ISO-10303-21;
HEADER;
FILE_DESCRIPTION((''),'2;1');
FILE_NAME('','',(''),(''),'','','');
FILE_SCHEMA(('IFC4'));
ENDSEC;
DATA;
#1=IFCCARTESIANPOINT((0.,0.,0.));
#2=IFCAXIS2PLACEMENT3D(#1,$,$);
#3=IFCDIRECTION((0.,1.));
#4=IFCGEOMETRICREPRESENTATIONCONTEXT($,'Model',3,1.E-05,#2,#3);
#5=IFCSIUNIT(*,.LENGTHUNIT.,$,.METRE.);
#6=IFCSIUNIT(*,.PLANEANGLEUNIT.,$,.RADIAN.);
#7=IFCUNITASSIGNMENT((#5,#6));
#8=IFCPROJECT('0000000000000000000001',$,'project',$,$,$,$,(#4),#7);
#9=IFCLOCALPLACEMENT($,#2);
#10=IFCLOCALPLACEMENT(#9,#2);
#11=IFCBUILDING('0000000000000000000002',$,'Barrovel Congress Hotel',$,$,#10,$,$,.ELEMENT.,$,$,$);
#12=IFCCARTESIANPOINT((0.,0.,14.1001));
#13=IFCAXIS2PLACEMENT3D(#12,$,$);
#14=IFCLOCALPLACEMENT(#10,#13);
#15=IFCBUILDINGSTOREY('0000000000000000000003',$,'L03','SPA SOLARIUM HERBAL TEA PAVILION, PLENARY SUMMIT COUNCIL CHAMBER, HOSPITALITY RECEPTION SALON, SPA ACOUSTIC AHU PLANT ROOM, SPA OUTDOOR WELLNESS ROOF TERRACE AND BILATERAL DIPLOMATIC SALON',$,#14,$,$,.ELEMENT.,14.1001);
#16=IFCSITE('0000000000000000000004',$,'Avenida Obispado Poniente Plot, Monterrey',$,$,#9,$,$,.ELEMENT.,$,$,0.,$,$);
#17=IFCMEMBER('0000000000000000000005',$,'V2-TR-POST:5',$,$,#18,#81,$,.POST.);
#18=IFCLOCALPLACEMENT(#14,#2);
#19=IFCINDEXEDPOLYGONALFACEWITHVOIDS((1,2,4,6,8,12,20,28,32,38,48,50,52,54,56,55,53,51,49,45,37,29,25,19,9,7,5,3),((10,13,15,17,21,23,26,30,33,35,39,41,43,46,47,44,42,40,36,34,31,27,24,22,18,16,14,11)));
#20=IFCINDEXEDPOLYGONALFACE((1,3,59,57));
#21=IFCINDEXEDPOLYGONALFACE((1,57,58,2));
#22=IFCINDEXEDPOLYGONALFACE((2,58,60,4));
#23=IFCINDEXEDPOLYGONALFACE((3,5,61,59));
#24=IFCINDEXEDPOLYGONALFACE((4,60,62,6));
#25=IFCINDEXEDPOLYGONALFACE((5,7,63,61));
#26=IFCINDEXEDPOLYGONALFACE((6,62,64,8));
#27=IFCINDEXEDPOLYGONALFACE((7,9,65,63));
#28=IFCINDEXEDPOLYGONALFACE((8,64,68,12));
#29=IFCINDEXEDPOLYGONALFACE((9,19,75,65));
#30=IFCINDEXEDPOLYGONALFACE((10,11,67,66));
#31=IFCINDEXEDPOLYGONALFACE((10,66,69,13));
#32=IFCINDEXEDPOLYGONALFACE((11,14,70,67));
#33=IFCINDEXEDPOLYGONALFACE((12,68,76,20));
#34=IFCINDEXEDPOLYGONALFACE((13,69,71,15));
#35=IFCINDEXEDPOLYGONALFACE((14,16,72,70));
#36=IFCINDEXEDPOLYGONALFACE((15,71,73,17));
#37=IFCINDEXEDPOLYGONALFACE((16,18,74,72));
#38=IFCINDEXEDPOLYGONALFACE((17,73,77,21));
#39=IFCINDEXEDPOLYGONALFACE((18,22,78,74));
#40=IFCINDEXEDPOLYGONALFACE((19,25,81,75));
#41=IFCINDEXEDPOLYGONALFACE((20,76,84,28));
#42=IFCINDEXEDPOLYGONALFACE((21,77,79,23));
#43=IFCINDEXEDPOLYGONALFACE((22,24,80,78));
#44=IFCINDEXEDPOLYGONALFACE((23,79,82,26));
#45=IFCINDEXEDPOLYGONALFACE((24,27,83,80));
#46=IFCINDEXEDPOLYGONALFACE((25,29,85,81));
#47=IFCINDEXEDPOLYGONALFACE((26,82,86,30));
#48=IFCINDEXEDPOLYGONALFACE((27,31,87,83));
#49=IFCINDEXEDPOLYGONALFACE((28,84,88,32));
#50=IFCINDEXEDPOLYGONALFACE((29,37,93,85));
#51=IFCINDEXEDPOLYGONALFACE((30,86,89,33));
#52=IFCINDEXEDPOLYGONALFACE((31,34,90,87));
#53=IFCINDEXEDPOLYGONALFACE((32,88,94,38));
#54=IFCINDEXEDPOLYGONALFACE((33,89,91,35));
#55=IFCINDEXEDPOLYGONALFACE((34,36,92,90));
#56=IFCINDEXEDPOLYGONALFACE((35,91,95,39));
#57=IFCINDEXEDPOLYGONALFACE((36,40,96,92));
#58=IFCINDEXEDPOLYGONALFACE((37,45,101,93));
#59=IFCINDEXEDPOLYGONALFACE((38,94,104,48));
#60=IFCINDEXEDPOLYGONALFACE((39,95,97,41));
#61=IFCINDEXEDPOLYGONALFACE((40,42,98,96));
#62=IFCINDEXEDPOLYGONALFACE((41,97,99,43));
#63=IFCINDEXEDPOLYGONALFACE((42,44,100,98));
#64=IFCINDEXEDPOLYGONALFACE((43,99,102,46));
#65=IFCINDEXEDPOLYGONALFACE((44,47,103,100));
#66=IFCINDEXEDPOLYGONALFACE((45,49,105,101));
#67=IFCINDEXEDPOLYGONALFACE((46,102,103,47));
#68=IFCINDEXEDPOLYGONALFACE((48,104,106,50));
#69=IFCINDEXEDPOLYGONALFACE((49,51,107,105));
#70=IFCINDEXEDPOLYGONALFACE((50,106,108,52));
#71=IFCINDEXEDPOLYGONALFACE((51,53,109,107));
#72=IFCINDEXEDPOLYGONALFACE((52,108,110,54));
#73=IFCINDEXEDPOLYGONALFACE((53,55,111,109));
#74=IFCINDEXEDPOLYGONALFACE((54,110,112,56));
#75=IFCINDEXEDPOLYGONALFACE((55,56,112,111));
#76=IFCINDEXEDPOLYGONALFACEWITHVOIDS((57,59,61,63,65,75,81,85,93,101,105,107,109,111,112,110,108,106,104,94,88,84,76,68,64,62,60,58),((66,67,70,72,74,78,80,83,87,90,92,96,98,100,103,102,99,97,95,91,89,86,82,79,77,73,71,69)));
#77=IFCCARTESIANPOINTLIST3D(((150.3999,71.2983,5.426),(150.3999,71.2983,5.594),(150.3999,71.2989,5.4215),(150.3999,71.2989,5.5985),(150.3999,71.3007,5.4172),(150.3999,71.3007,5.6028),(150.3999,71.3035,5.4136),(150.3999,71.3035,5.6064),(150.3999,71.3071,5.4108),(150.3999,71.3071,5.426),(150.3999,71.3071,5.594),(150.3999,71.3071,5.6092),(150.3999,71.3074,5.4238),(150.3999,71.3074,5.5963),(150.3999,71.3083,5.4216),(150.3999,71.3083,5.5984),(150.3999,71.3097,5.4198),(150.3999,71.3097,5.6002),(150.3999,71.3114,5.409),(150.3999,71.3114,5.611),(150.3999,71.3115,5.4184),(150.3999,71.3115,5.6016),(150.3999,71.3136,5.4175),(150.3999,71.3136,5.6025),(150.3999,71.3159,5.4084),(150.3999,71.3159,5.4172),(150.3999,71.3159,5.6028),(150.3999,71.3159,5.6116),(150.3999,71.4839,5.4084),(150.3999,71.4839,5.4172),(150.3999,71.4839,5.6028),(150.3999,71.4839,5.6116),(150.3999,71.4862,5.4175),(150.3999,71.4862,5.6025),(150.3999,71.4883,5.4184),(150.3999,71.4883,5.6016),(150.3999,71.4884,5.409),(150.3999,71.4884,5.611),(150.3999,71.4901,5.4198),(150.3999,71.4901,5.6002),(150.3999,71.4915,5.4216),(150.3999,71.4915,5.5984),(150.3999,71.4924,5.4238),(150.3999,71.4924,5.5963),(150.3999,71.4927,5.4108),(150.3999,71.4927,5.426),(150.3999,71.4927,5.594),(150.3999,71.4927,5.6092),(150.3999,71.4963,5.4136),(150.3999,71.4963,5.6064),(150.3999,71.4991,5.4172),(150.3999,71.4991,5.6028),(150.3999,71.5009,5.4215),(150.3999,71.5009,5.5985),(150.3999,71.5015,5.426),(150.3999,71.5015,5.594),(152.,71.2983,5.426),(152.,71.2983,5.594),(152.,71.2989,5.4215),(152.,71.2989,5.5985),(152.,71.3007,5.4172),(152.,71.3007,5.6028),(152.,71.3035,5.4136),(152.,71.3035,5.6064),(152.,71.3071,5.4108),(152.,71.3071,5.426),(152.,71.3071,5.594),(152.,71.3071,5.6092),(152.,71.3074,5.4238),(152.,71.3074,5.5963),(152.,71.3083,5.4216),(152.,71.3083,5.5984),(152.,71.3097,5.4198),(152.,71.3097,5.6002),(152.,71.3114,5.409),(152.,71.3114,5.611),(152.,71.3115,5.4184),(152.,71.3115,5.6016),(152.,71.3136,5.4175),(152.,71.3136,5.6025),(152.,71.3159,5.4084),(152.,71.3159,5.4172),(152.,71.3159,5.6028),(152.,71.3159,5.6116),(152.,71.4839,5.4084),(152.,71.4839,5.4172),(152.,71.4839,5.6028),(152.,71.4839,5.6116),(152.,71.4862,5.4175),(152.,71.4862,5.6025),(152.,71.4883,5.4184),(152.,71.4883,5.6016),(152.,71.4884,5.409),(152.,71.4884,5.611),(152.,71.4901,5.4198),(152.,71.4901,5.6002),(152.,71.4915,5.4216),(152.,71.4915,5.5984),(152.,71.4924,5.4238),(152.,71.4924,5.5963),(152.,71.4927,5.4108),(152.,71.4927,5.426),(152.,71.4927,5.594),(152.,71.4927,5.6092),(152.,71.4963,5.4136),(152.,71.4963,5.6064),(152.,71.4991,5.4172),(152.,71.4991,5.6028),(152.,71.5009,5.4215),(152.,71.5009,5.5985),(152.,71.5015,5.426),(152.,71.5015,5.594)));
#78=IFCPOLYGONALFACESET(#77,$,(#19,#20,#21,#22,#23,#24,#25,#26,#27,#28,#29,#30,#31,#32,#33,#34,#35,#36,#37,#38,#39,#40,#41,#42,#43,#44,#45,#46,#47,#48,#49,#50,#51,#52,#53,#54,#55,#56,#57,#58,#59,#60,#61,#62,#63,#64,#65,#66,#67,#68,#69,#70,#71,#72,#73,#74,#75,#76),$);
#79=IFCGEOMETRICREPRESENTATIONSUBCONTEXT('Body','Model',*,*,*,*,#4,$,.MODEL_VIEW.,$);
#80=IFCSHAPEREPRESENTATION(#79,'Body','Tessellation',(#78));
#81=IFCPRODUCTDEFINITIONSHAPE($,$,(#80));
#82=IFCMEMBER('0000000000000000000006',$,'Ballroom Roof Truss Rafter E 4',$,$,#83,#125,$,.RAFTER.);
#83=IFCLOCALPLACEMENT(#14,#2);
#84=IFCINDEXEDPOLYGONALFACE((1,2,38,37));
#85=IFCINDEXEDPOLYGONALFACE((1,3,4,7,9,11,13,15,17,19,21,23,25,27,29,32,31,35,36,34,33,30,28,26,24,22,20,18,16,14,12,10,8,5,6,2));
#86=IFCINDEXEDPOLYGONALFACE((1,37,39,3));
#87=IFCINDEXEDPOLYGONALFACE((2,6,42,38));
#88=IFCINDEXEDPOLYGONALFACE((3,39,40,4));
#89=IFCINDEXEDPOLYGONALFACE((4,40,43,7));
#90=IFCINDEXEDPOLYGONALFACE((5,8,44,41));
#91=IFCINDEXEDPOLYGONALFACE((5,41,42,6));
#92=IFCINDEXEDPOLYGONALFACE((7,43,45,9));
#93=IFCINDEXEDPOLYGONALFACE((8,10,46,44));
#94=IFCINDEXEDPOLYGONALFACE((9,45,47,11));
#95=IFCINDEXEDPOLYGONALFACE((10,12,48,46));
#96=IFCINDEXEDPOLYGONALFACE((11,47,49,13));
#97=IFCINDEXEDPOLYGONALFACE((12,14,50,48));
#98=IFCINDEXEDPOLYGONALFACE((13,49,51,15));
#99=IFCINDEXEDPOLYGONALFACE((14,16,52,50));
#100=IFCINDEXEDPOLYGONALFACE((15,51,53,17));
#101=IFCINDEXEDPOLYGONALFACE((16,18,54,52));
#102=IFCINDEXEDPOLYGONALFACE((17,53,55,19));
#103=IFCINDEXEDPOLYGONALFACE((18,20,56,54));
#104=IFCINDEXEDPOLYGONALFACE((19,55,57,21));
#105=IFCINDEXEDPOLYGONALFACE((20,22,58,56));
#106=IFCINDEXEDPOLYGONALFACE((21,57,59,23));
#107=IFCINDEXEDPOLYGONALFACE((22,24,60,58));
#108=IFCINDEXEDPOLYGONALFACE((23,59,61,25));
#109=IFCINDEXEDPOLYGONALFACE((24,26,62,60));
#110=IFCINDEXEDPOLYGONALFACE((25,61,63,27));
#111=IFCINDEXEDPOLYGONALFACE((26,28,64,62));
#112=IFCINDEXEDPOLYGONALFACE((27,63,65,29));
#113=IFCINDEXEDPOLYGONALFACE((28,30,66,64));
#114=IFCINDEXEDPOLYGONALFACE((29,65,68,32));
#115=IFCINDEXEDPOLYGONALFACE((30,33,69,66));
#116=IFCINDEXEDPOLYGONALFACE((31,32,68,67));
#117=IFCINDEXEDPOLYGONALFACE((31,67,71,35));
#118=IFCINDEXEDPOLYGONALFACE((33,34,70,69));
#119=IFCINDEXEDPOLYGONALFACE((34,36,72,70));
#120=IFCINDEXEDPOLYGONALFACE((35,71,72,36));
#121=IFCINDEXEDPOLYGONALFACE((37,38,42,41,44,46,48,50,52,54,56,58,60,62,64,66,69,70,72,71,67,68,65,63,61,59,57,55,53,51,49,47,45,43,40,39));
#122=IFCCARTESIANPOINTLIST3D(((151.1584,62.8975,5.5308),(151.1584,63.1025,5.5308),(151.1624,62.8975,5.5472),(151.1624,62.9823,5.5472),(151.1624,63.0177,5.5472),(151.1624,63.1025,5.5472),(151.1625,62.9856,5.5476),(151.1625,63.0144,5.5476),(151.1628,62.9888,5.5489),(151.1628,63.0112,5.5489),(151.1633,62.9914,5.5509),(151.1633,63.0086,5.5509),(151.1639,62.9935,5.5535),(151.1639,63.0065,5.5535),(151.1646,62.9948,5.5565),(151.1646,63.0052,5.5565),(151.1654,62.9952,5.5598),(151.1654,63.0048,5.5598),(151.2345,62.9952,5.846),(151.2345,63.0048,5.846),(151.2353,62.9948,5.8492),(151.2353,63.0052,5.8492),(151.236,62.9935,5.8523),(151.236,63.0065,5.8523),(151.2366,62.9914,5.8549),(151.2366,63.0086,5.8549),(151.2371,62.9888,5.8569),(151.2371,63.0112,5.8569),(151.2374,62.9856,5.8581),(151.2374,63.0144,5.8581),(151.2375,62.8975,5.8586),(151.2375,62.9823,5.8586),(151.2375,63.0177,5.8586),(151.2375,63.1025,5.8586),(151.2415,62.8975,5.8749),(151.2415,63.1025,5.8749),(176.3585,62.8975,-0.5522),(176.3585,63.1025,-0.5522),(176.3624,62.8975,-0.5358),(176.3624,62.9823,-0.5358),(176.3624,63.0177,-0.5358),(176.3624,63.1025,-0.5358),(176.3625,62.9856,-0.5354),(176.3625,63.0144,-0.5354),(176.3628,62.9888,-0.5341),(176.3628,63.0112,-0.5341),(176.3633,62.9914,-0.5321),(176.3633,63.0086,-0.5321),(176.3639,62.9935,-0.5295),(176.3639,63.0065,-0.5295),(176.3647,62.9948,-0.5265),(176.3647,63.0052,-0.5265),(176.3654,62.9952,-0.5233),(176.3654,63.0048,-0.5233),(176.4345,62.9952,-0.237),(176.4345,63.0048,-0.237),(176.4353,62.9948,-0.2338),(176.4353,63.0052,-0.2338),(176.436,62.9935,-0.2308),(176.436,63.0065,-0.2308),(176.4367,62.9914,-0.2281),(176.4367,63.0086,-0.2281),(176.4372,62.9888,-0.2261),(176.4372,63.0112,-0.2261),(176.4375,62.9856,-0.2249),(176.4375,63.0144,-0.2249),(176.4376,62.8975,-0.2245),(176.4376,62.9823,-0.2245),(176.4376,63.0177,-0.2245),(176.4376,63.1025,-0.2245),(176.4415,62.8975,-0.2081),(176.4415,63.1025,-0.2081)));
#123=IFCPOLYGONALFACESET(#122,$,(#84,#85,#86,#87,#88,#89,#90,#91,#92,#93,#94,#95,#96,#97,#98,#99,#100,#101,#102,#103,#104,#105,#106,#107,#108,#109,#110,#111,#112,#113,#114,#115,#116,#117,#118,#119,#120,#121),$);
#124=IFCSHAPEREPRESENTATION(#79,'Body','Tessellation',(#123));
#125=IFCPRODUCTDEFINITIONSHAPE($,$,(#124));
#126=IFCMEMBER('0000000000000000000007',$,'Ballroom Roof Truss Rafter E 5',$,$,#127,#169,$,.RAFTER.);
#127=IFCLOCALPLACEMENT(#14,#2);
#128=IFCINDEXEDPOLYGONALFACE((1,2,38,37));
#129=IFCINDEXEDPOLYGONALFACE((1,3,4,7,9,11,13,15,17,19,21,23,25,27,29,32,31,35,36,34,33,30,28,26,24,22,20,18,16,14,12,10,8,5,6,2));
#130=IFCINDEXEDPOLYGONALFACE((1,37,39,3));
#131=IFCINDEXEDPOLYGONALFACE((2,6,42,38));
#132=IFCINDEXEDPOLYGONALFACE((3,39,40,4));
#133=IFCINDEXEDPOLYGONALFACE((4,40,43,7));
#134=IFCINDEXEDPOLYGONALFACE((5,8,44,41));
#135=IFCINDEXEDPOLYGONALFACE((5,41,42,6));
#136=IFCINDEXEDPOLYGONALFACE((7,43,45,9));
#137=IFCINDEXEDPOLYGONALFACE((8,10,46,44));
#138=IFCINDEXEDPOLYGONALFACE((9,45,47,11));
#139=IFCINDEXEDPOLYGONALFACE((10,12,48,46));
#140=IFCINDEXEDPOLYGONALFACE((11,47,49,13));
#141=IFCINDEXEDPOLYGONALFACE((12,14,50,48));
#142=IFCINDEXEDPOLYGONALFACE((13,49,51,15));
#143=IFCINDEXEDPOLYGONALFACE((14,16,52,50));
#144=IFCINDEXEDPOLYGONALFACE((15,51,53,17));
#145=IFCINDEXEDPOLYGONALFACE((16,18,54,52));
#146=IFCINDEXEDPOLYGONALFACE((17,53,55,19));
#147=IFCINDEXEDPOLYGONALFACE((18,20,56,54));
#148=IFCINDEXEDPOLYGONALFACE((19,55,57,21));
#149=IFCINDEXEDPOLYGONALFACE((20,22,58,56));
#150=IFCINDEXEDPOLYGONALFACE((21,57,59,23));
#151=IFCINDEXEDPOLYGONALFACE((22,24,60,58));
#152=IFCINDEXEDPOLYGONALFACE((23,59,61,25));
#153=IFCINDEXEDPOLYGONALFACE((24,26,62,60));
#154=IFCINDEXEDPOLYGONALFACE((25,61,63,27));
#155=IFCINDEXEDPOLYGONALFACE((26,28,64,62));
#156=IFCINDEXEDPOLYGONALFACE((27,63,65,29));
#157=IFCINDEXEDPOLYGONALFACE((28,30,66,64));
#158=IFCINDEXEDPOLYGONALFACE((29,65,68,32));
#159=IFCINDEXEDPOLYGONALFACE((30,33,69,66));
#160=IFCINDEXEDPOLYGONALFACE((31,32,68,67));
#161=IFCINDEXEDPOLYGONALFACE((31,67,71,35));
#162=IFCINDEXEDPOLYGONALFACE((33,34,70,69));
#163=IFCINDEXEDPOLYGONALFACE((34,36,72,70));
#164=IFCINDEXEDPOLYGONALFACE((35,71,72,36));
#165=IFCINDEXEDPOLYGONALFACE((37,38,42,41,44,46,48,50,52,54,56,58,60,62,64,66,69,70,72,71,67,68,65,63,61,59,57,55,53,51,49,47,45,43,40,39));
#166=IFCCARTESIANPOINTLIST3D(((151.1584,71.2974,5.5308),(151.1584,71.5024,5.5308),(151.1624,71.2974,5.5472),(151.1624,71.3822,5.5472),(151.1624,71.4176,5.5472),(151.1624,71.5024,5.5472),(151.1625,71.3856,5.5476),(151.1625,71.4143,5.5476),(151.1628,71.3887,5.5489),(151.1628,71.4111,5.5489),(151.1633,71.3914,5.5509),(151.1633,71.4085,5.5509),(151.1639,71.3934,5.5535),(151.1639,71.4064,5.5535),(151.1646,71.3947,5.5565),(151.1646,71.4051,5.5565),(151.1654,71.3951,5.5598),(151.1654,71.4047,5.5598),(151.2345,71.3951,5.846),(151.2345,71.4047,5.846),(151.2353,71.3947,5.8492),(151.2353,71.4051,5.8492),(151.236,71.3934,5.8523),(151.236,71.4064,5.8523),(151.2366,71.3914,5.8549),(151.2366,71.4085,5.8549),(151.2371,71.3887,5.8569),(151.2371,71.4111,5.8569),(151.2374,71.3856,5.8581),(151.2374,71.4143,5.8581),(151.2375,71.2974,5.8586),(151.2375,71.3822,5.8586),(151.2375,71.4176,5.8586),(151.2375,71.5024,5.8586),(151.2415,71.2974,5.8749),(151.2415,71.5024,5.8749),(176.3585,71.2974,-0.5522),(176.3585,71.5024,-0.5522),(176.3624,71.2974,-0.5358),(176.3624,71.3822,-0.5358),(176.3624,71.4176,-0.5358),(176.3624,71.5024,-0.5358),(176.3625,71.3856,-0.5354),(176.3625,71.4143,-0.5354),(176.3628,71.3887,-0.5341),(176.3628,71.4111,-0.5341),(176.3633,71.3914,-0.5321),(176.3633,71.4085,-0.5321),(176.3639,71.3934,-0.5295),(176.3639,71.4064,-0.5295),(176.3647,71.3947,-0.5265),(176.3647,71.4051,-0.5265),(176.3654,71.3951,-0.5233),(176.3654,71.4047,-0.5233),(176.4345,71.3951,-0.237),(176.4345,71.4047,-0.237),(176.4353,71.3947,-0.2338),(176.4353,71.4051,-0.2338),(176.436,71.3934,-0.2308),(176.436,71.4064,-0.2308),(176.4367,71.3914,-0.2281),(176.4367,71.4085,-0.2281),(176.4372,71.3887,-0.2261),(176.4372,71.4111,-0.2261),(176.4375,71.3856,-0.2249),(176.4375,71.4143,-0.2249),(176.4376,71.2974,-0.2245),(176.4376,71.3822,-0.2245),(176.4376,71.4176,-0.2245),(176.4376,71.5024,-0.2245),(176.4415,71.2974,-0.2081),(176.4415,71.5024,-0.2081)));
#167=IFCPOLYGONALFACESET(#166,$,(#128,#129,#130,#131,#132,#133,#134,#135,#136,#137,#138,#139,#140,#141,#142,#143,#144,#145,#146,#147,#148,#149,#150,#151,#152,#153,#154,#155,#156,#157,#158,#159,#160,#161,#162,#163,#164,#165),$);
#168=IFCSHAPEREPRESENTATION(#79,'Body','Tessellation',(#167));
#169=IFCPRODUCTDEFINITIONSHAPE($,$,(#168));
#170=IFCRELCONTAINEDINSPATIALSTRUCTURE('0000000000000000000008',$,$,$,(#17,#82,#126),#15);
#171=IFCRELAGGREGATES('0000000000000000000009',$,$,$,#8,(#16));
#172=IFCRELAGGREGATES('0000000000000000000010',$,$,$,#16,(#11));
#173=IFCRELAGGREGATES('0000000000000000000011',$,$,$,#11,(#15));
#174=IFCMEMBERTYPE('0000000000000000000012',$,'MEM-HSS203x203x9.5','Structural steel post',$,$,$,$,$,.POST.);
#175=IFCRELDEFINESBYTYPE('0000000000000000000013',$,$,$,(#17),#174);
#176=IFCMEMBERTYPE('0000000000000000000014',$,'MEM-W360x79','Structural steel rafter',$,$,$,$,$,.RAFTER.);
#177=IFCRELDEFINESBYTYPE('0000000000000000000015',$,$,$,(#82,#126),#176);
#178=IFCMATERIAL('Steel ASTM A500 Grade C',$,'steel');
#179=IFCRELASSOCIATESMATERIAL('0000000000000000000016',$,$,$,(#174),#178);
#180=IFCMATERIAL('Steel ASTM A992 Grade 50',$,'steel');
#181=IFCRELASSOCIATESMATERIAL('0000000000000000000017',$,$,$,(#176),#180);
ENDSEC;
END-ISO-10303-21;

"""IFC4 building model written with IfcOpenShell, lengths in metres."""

from ifc_helpers import new_model, si_unit, direction, frame, origin, origin_2d, place, context, subcontext, project, spatial, hollow_rectangle, i_section, extrude, material, material_profile, profile_set, type_object, element, save


model = new_model("IFC4")

# Units and contexts
model_context = context("Model", 3, precision=1e-05, world=origin(), true_north=direction((0.0, 1.0)))
body_context = subcontext(model_context, "Body", "Model", "MODEL_VIEW")
ifc_project = project(units=[si_unit("LENGTHUNIT", "METRE"), si_unit("PLANEANGLEUNIT", "RADIAN")], contexts=[model_context])

# Site, building, storey
site_placement = place(None, origin())
site = spatial("IfcSite", under=ifc_project, at=site_placement, Name="Avenida Obispado Poniente Plot, Monterrey", CompositionType="ELEMENT", RefElevation=0.0)
building_placement = place(site_placement, origin())
building = spatial("IfcBuilding", under=site, at=building_placement, Name="Barrovel Congress Hotel", CompositionType="ELEMENT")
storey_placement = place(building_placement, frame((0.0, 0.0, 14.1001)))
storey = spatial("IfcBuildingStorey", under=building, at=storey_placement, Name="L03", Description="SPA SOLARIUM HERBAL TEA PAVILION, PLENARY SUMMIT COUNCIL CHAMBER, HOSPITALITY RECEPTION SALON, SPA ACOUSTIC AHU PLANT ROOM, SPA OUTDOOR WELLNESS ROOF TERRACE AND BILATERAL DIPLOMATIC SALON", CompositionType="ELEMENT", Elevation=14.1001)

# Members
ifc_material_1 = material(Name="Steel ASTM A500 Grade C", Category="steel")
ifc_material_profile_1 = material_profile(ifc_material_1, hollow_rectangle(XDim=0.2031, YDim=0.2031, WallThickness=0.0088, InnerFilletRadius=0.0088, OuterFilletRadius=0.0176, at=origin_2d()), Name="HSS203x203x9.5")
ifc_profile_set_1 = profile_set([ifc_material_profile_1], Name="Steel ASTM A500 Grade C")
member_type_1 = type_object("IfcMemberType", Name="MEM-HSS203x203x9.5", Description="Structural steel post", PredefinedType="POST", material=ifc_profile_set_1)
for number, where, z_axis, x_axis, name in (
    (1, (150.3999, 71.3999, 5.51), (1.0, 0.0, 0.0), (0.0, 1.0, 0.0), "V2-TR-POST:5"),
):
    element("IfcMember", number, at=place(storey_placement, frame(where, z_axis=z_axis, x_axis=x_axis)), inside=storey, type_object=member_type_1, Name=name, PredefinedType="POST", context=body_context, shape_type="SweptSolid", body=[
        extrude(hollow_rectangle(XDim=0.2031, YDim=0.2031, WallThickness=0.0088, InnerFilletRadius=0.0088, OuterFilletRadius=0.0176, at=origin_2d()), origin(), (0.0, 0.0, 1.0), 1.6001),
    ])
ifc_material_2 = material(Name="Steel ASTM A992 Grade 50", Category="steel")
ifc_material_profile_2 = material_profile(ifc_material_2, i_section(OverallWidth=0.2051, OverallDepth=0.354, WebThickness=0.0095, FlangeThickness=0.0168, FilletRadius=0.0129, at=origin_2d()), Name="W360x79")
ifc_profile_set_2 = profile_set([ifc_material_profile_2], Name="Steel ASTM A992 Grade 50")
member_type_2 = type_object("IfcMemberType", Name="MEM-W360x79", Description="Structural steel rafter", PredefinedType="RAFTER", material=ifc_profile_set_2)
for number, where, z_axis, x_axis, name in (
    (2, (151.2, 63.0, 5.7029), (0.97208, 0.0, -0.23465), (0.0, 1.0, 0.0), "Ballroom Roof Truss Rafter E 4"),
    (3, (151.2, 71.3999, 5.7029), (0.97208, 0.0, -0.23465), (0.0, 1.0, 0.0), "Ballroom Roof Truss Rafter E 5"),
):
    element("IfcMember", number, at=place(storey_placement, frame(where, z_axis=z_axis, x_axis=x_axis)), inside=storey, type_object=member_type_2, Name=name, PredefinedType="RAFTER", context=body_context, shape_type="SweptSolid", body=[
        extrude(i_section(OverallWidth=0.2051, OverallDepth=0.354, WebThickness=0.0095, FlangeThickness=0.0168, FilletRadius=0.0129, at=origin_2d()), origin(), (0.0, 0.0, 1.0), 25.9238),
    ])

save(model, "model.ifc")
